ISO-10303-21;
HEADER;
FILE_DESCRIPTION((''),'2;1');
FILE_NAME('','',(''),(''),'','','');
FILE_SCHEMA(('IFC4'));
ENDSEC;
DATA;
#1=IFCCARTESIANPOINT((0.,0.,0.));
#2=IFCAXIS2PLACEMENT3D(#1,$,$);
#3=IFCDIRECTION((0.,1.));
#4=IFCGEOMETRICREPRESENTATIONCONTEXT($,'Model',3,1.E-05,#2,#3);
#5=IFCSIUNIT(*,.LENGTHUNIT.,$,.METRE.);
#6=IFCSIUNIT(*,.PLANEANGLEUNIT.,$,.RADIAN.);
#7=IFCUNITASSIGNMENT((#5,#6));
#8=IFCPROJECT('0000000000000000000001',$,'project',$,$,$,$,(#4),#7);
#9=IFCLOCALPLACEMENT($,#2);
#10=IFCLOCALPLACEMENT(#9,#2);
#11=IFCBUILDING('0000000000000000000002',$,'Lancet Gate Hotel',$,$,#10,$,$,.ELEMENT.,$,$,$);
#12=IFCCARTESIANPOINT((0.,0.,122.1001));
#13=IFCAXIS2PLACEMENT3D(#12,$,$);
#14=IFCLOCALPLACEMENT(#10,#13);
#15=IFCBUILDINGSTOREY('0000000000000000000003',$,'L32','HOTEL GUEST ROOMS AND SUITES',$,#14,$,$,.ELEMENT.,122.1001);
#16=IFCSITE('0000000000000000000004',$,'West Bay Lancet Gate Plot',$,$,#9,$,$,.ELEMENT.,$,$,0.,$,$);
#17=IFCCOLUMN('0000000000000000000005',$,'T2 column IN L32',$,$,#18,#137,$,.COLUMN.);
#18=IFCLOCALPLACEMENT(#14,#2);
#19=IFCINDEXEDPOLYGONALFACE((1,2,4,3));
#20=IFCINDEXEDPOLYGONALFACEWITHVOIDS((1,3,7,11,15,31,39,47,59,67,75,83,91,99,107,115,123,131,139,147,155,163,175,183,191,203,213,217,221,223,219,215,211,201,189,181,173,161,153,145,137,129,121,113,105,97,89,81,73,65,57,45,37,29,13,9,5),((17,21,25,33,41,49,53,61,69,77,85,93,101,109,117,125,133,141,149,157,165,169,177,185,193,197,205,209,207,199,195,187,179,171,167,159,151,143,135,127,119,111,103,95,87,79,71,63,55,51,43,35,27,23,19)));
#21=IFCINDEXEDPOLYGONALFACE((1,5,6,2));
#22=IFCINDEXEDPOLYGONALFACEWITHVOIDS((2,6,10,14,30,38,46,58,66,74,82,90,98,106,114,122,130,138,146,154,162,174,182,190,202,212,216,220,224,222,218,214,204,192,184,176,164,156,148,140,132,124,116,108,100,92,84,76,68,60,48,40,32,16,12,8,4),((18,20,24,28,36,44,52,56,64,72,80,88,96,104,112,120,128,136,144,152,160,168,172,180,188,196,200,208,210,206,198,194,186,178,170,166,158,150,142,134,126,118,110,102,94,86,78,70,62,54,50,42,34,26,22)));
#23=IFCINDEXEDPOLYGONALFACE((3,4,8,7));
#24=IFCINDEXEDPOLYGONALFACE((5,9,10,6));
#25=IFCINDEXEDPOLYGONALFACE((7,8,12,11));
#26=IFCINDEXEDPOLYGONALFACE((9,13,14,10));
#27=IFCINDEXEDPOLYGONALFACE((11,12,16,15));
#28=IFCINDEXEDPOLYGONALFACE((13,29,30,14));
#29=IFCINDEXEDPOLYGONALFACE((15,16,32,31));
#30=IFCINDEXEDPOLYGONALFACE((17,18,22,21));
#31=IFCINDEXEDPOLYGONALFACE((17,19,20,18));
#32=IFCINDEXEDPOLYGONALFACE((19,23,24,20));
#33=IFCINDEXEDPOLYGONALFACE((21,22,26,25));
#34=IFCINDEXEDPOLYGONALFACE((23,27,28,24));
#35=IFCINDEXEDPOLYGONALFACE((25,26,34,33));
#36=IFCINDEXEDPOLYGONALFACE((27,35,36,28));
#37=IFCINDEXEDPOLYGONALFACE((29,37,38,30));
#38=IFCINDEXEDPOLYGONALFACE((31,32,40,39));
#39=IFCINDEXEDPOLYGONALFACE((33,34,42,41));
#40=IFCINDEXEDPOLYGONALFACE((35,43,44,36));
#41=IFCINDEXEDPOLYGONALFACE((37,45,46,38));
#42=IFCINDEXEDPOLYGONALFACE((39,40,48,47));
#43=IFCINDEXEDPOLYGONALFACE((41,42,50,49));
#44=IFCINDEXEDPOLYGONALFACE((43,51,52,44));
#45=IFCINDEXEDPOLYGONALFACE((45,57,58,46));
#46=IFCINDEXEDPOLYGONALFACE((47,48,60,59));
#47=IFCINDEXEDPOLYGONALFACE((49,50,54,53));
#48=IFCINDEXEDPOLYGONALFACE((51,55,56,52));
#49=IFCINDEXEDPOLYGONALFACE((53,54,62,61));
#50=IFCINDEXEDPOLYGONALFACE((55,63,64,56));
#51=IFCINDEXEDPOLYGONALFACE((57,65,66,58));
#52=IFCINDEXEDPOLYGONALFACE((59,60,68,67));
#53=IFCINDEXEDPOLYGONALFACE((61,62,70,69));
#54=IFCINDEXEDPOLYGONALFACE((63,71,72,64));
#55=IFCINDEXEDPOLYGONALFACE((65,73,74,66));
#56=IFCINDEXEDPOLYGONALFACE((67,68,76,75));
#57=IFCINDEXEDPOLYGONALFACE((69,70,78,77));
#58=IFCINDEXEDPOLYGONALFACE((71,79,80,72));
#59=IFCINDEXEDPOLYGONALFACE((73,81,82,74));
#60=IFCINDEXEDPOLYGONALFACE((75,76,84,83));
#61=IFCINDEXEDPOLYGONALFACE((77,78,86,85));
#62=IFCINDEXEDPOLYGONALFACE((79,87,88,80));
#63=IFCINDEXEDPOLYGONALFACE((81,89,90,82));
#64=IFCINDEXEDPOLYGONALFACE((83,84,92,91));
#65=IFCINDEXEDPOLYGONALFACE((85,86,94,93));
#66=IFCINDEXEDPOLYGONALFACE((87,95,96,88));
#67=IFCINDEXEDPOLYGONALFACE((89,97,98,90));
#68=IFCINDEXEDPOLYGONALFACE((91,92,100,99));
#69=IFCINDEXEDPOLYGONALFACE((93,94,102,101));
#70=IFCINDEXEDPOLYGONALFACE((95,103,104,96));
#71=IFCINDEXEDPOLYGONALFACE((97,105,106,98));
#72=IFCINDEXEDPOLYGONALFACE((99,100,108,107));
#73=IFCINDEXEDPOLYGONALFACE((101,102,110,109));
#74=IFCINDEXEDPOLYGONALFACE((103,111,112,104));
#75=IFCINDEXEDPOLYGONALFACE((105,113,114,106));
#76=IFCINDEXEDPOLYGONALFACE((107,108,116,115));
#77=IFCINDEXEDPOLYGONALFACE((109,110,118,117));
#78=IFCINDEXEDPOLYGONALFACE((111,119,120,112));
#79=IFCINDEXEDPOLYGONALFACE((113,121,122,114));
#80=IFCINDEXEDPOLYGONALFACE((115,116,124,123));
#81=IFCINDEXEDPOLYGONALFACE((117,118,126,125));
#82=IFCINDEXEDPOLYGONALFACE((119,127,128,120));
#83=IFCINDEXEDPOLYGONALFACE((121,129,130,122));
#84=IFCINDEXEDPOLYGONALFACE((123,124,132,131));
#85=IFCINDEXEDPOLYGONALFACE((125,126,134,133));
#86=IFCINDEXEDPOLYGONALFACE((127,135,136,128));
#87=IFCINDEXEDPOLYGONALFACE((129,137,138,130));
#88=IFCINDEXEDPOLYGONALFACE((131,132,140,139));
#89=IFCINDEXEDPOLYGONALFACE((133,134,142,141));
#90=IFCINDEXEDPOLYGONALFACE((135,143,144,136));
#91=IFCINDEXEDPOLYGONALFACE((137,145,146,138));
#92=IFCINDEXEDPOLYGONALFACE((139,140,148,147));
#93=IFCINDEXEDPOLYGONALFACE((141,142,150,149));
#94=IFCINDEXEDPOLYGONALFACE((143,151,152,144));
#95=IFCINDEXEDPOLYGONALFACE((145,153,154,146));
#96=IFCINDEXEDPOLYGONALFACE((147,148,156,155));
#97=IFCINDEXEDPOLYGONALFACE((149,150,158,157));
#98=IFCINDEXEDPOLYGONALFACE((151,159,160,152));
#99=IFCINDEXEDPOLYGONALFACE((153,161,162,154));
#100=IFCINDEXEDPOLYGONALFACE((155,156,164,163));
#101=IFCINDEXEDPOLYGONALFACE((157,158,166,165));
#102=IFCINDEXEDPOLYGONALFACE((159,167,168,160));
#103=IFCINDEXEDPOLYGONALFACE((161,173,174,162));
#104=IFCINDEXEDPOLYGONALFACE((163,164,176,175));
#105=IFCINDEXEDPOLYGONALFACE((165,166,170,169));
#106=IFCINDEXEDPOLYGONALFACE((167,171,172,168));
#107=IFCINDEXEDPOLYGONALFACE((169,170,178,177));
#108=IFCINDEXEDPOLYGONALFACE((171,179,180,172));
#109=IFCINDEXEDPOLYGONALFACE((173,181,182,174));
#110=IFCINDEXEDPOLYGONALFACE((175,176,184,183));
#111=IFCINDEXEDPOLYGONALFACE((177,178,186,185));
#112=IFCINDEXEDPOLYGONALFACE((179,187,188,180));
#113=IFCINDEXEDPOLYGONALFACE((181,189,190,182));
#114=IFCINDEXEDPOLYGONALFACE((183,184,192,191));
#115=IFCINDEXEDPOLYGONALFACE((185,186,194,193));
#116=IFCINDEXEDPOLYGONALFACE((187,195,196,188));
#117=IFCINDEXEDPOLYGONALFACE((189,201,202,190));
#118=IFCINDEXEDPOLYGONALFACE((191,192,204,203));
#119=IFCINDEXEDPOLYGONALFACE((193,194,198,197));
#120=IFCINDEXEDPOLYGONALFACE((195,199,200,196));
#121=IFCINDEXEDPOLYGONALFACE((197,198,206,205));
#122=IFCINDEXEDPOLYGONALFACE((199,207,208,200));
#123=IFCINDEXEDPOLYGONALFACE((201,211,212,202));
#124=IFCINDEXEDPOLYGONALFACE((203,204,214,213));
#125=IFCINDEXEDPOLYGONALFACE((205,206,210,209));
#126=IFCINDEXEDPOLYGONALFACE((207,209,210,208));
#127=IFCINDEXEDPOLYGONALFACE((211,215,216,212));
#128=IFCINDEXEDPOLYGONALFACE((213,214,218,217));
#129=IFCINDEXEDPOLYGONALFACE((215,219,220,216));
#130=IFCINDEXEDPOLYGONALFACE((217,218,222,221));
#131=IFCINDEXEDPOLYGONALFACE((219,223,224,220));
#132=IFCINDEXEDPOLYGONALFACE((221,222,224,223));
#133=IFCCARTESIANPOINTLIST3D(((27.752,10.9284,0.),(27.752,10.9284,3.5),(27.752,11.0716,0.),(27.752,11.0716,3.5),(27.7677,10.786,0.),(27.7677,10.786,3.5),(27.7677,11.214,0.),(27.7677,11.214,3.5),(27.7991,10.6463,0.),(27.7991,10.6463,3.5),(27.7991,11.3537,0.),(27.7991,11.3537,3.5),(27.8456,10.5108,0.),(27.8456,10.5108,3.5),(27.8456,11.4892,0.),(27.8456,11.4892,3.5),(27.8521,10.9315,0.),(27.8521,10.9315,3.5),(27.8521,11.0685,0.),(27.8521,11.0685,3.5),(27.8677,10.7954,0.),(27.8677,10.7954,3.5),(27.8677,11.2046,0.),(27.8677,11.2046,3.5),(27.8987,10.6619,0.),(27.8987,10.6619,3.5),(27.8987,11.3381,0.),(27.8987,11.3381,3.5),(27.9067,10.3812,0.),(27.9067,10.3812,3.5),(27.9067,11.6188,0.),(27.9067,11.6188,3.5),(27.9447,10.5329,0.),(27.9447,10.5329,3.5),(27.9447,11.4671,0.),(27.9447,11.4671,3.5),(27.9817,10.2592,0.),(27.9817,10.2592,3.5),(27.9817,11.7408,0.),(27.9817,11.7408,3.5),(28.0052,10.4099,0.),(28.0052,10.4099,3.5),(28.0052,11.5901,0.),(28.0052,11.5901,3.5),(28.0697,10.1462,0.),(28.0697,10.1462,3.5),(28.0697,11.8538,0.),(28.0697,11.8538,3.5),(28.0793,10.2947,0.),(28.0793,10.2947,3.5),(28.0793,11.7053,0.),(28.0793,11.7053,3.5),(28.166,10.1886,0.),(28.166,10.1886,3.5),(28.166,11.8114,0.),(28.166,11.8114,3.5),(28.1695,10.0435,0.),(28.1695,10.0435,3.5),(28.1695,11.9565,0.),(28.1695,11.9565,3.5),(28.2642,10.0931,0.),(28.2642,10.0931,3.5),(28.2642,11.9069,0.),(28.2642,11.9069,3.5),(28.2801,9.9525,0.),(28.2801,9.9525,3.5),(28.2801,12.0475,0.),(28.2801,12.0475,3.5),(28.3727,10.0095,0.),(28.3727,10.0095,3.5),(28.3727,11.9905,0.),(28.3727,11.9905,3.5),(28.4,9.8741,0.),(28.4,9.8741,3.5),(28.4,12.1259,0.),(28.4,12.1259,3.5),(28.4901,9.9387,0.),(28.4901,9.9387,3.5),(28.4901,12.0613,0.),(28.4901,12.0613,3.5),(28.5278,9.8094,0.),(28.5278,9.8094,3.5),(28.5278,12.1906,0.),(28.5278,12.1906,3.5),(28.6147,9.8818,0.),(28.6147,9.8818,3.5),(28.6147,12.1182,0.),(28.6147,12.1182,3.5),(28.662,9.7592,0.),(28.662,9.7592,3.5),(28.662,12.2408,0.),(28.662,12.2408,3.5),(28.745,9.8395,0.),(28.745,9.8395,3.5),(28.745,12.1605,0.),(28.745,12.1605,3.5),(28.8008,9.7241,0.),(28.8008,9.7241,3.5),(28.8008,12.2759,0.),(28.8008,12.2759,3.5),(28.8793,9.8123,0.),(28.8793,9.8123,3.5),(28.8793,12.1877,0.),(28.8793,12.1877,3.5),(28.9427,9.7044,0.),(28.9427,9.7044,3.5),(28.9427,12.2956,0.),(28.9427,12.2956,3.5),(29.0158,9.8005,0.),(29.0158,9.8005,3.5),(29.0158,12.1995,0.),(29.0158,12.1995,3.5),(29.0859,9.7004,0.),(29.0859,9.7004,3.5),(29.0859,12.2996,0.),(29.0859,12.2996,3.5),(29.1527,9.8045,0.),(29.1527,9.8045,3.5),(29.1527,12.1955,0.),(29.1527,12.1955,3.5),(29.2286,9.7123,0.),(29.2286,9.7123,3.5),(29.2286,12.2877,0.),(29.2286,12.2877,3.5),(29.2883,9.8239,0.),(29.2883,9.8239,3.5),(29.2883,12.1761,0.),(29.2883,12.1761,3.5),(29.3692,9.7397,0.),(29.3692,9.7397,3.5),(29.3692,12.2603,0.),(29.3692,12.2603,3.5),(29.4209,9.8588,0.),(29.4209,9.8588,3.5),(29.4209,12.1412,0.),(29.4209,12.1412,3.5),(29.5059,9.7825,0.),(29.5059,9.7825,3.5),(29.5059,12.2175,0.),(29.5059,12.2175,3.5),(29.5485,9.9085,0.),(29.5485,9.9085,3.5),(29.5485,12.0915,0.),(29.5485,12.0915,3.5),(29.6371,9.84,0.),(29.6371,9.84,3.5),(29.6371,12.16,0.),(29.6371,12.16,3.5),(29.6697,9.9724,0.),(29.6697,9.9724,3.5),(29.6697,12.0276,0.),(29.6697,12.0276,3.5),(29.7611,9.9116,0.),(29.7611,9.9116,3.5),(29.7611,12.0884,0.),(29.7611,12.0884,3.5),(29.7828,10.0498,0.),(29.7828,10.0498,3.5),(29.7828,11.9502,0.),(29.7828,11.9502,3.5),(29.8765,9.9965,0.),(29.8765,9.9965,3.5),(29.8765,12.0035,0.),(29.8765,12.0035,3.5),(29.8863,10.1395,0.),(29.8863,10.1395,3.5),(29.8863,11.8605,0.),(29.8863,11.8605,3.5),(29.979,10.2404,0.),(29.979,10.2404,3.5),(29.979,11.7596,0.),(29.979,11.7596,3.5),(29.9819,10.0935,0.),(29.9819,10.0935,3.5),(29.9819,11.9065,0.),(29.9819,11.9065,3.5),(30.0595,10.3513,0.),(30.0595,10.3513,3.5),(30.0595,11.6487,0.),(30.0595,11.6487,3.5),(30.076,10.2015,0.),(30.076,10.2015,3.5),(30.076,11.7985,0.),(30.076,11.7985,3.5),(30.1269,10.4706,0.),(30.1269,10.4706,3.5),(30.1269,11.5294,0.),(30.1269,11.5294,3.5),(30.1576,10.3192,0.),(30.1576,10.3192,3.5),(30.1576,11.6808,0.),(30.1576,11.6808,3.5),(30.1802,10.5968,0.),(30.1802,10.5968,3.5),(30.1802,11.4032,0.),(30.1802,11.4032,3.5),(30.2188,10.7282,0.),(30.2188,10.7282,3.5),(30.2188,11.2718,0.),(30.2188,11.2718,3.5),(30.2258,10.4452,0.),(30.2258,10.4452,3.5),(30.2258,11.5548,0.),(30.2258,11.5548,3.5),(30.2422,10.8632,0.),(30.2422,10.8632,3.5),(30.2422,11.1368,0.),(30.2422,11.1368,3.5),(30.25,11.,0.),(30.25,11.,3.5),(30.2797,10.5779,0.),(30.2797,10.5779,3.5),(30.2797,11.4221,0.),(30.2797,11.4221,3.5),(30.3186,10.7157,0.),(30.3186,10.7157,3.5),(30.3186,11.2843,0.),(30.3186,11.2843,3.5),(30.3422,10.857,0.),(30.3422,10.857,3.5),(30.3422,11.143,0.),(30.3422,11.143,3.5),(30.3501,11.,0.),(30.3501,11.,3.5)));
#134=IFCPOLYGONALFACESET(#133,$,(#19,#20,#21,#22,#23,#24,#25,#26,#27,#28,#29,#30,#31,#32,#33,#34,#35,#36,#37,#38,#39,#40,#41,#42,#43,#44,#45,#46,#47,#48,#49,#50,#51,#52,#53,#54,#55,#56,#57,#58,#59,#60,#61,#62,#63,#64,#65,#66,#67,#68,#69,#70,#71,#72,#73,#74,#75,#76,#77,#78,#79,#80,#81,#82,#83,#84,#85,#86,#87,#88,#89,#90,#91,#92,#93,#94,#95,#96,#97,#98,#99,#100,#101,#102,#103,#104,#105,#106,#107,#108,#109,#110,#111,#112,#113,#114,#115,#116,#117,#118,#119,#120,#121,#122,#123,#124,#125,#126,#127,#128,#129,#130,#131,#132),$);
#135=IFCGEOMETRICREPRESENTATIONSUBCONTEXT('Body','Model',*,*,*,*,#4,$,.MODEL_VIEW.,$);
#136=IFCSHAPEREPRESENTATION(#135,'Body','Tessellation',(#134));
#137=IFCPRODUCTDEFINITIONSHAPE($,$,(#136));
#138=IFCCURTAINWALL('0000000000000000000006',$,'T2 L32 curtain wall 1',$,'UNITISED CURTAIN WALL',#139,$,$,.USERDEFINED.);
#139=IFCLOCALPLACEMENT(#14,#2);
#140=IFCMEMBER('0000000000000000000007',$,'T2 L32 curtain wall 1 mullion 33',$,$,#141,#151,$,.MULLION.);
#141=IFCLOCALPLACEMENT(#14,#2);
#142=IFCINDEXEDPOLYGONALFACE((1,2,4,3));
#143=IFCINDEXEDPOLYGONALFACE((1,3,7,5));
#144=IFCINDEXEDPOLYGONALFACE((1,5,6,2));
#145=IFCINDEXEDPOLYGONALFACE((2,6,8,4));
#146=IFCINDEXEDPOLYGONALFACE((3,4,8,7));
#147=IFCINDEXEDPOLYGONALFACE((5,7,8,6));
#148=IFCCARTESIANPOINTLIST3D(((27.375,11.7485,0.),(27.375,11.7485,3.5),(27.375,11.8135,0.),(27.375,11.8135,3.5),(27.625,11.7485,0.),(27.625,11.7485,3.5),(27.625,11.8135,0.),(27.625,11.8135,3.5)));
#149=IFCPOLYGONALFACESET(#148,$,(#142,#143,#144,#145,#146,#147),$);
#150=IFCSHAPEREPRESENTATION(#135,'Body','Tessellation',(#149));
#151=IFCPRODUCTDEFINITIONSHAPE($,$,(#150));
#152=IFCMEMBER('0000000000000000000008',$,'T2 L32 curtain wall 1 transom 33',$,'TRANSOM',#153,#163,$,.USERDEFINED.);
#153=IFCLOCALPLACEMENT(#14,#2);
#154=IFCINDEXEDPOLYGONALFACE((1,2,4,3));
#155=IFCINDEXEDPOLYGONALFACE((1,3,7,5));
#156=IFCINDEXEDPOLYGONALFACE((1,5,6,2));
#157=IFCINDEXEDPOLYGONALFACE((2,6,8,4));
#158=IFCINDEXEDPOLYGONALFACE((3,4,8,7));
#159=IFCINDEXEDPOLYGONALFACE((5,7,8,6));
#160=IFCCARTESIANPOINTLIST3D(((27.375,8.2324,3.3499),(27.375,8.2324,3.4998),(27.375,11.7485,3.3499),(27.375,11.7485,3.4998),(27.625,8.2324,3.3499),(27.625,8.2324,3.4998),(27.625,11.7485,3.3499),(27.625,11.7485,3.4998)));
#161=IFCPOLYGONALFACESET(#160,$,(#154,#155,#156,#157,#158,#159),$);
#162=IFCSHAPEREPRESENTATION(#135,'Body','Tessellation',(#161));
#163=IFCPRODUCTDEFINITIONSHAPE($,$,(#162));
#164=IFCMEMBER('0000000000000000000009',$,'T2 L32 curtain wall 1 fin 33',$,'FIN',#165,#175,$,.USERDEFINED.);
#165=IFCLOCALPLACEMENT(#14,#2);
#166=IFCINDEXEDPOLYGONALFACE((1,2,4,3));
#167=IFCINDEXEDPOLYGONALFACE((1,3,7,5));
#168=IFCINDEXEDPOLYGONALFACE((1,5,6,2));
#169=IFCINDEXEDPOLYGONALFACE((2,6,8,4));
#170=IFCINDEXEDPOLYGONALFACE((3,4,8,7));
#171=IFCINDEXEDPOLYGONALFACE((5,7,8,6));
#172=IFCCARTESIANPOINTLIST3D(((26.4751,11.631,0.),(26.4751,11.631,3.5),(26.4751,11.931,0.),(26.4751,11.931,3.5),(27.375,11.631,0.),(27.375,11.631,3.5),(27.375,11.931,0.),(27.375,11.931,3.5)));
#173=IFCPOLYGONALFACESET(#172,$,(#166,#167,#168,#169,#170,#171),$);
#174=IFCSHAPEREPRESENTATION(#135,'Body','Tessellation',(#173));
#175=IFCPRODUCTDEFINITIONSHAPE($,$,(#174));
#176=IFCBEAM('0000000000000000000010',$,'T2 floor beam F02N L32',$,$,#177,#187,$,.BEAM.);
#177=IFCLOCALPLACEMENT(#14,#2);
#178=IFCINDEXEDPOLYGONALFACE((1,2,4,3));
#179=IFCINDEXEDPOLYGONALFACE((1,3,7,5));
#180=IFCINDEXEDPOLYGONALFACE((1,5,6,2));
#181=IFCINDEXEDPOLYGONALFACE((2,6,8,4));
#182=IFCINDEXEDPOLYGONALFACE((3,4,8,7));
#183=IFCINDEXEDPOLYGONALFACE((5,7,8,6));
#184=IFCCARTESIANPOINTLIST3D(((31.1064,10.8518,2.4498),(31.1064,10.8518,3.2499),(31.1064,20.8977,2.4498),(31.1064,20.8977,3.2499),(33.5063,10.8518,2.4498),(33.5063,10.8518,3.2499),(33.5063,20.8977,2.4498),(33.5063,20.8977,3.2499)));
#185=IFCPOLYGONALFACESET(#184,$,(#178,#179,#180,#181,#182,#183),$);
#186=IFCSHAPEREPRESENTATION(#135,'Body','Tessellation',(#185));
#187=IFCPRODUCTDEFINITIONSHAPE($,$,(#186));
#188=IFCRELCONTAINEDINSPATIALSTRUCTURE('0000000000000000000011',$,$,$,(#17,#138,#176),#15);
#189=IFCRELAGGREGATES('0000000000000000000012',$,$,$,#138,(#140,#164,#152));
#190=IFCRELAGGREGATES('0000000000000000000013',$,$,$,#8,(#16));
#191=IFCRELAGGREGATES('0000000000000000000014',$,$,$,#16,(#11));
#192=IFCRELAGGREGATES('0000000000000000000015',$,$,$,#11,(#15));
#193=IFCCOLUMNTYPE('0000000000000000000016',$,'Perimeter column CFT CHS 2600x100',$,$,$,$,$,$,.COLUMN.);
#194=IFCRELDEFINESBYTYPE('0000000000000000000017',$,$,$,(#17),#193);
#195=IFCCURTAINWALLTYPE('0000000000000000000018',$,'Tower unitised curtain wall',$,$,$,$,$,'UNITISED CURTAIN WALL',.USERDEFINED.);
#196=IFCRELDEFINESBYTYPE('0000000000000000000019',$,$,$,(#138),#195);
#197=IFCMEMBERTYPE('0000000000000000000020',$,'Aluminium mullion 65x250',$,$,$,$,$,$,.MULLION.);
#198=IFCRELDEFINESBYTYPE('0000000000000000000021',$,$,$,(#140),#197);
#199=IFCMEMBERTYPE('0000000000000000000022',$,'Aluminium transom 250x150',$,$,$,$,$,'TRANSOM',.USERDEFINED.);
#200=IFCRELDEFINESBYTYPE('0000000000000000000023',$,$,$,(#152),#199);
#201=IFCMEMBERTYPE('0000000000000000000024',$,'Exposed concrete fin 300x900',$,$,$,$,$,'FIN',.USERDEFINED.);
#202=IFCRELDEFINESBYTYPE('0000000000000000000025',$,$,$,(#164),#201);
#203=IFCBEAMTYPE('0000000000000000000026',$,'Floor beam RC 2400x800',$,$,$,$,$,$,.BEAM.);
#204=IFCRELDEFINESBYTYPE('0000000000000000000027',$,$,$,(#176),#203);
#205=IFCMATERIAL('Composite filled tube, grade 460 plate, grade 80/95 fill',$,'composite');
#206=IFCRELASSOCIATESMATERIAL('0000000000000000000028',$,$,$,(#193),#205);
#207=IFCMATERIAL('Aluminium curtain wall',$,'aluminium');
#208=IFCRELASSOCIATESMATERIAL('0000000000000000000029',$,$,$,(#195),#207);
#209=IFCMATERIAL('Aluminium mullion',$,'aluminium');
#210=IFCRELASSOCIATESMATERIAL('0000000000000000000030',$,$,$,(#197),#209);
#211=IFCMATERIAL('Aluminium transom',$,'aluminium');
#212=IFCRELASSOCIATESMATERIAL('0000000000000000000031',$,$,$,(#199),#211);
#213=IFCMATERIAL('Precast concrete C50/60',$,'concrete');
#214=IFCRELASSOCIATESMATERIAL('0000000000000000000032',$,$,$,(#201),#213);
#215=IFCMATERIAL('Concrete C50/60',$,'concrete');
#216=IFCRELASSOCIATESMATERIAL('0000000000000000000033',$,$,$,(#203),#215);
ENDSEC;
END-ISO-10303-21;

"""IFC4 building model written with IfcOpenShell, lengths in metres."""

from ifc_helpers import new_model, si_unit, direction, frame, origin, origin_2d, place, context, subcontext, project, spatial, rectangle, hollow_circle, extrude, material, material_profile, profile_set, type_object, element, aggregate, save


model = new_model("IFC4")

# Units and contexts
model_context = context("Model", 3, precision=1e-05, world=origin(), true_north=direction((0.0, 1.0)))
body_context = subcontext(model_context, "Body", "Model", "MODEL_VIEW")
ifc_project = project(units=[si_unit("LENGTHUNIT", "METRE"), si_unit("PLANEANGLEUNIT", "RADIAN")], contexts=[model_context])

# Site, building, storey
site_placement = place(None, origin())
site = spatial("IfcSite", under=ifc_project, at=site_placement, Name="West Bay Lancet Gate Plot", CompositionType="ELEMENT", RefElevation=0.0)
building_placement = place(site_placement, origin())
building = spatial("IfcBuilding", under=site, at=building_placement, Name="Lancet Gate Hotel", CompositionType="ELEMENT")
storey_placement = place(building_placement, frame((0.0, 0.0, 122.1001)))
storey = spatial("IfcBuildingStorey", under=building, at=storey_placement, Name="L32", Description="HOTEL GUEST ROOMS AND SUITES", CompositionType="ELEMENT", Elevation=122.1001)

# Column
ifc_material_1 = material(Name="Composite filled tube, grade 460 plate, grade 80/95 fill", Category="composite")
ifc_material_profile_1 = material_profile(ifc_material_1, hollow_circle(Radius=1.3, WallThickness=0.1001, at=origin_2d()), Name="CHS 2600x100")
ifc_profile_set_1 = profile_set([ifc_material_profile_1], Name="Composite filled tube, grade 460 plate, grade 80/95 fill")
column_type = type_object("IfcColumnType", Name="Perimeter column CFT CHS 2600x100", PredefinedType="COLUMN", material=ifc_profile_set_1)
column_placement = place(storey_placement, frame((29.05, 11.0, 0.0), z_axis=(0.0, 0.0, 1.0), x_axis=(1.0, 0.0, 0.0)))
element("IfcColumn", 1, at=column_placement, inside=storey, type_object=column_type, Name="T2 column IN L32", PredefinedType="COLUMN", context=body_context, shape_type="SweptSolid", body=[
    extrude(hollow_circle(Radius=1.3, WallThickness=0.1001, at=origin_2d()), origin(), (0.0, 0.0, 1.0), 3.5),
])

# Curtain wall, members
ifc_material_2 = material(Name="Aluminium curtain wall", Category="aluminium")
curtain_wall_type = type_object("IfcCurtainWallType", Name="Tower unitised curtain wall", ElementType="UNITISED CURTAIN WALL", PredefinedType="USERDEFINED", material=ifc_material_2)
curtain_wall_placement = place(storey_placement, origin())
curtain_wall = element("IfcCurtainWall", 2, at=curtain_wall_placement, inside=storey, type_object=curtain_wall_type, Name="T2 L32 curtain wall 1", ObjectType="UNITISED CURTAIN WALL", PredefinedType="USERDEFINED")
ifc_material_3 = material(Name="Aluminium mullion", Category="aluminium")
ifc_material_profile_2 = material_profile(ifc_material_3, rectangle(XDim=0.0649, YDim=0.25, at=origin_2d()), Name="MULLION 65x250")
ifc_profile_set_2 = profile_set([ifc_material_profile_2], Name="Aluminium mullion")
member_type_1 = type_object("IfcMemberType", Name="Aluminium mullion 65x250", PredefinedType="MULLION", material=ifc_profile_set_2)
member_1_placement = place(storey_placement, frame((27.5, 11.781, 0.0), z_axis=(0.0, 0.0, 1.0), x_axis=(0.0, -1.0, 0.0)))
member_1 = element("IfcMember", 3, at=member_1_placement, type_object=member_type_1, Name="T2 L32 curtain wall 1 mullion 33", PredefinedType="MULLION", context=body_context, shape_type="SweptSolid", body=[
    extrude(rectangle(XDim=0.0649, YDim=0.25, at=origin_2d()), origin(), (0.0, 0.0, 1.0), 3.5),
])
ifc_material_4 = material(Name="Aluminium transom", Category="aluminium")
ifc_material_profile_3 = material_profile(ifc_material_4, rectangle(XDim=0.25, YDim=0.1499, at=origin_2d()), Name="TRANSOM 250x150")
ifc_profile_set_3 = profile_set([ifc_material_profile_3], Name="Aluminium transom")
member_type_2 = type_object("IfcMemberType", Name="Aluminium transom 250x150", ElementType="TRANSOM", PredefinedType="USERDEFINED", material=ifc_profile_set_3)
member_2_placement = place(storey_placement, frame((27.5, 11.7485, 3.4248), z_axis=(0.0, -1.0, 0.0), x_axis=(1.0, 0.0, 0.0)))
member_2 = element("IfcMember", 4, at=member_2_placement, type_object=member_type_2, Name="T2 L32 curtain wall 1 transom 33", ObjectType="TRANSOM", PredefinedType="USERDEFINED", context=body_context, shape_type="SweptSolid", body=[
    extrude(rectangle(XDim=0.25, YDim=0.1499, at=origin_2d()), origin(), (0.0, 0.0, 1.0), 3.5161),
])
ifc_material_5 = material(Name="Precast concrete C50/60", Category="concrete")
ifc_material_profile_4 = material_profile(ifc_material_5, rectangle(XDim=0.3, YDim=0.8999, at=origin_2d()), Name="FIN 300x900")
ifc_profile_set_4 = profile_set([ifc_material_profile_4], Name="Precast concrete C50/60")
member_type_3 = type_object("IfcMemberType", Name="Exposed concrete fin 300x900", ElementType="FIN", PredefinedType="USERDEFINED", material=ifc_profile_set_4)
member_3_placement = place(storey_placement, frame((26.925, 11.781, 0.0), z_axis=(0.0, 0.0, 1.0), x_axis=(0.0, -1.0, 0.0)))
member_3 = element("IfcMember", 5, at=member_3_placement, type_object=member_type_3, Name="T2 L32 curtain wall 1 fin 33", ObjectType="FIN", PredefinedType="USERDEFINED", context=body_context, shape_type="SweptSolid", body=[
    extrude(rectangle(XDim=0.3, YDim=0.8999, at=origin_2d()), origin(), (0.0, 0.0, 1.0), 3.5),
])

# Beam
ifc_material_6 = material(Name="Concrete C50/60", Category="concrete")
ifc_material_profile_5 = material_profile(ifc_material_6, rectangle(XDim=2.3999, YDim=0.8, at=origin_2d()), Name="RC 2400x800")
ifc_profile_set_5 = profile_set([ifc_material_profile_5], Name="Concrete C50/60")
beam_type_1 = type_object("IfcBeamType", Name="Floor beam RC 2400x800", PredefinedType="BEAM", material=ifc_profile_set_5)
beam_1_placement = place(storey_placement, frame((32.3064, 10.8518, 2.8499), z_axis=(0.0, 1.0, 0.0), x_axis=(-1.0, 0.0, 0.0)))
element("IfcBeam", 6, at=beam_1_placement, inside=storey, type_object=beam_type_1, Name="T2 floor beam F02N L32", PredefinedType="BEAM", context=body_context, shape_type="SweptSolid", body=[
    extrude(rectangle(XDim=2.3999, YDim=0.8, at=origin_2d()), origin(), (0.0, 0.0, 1.0), 10.0459),
])

aggregate(curtain_wall, [member_1, member_3, member_2])

save(model, "model.ifc")
